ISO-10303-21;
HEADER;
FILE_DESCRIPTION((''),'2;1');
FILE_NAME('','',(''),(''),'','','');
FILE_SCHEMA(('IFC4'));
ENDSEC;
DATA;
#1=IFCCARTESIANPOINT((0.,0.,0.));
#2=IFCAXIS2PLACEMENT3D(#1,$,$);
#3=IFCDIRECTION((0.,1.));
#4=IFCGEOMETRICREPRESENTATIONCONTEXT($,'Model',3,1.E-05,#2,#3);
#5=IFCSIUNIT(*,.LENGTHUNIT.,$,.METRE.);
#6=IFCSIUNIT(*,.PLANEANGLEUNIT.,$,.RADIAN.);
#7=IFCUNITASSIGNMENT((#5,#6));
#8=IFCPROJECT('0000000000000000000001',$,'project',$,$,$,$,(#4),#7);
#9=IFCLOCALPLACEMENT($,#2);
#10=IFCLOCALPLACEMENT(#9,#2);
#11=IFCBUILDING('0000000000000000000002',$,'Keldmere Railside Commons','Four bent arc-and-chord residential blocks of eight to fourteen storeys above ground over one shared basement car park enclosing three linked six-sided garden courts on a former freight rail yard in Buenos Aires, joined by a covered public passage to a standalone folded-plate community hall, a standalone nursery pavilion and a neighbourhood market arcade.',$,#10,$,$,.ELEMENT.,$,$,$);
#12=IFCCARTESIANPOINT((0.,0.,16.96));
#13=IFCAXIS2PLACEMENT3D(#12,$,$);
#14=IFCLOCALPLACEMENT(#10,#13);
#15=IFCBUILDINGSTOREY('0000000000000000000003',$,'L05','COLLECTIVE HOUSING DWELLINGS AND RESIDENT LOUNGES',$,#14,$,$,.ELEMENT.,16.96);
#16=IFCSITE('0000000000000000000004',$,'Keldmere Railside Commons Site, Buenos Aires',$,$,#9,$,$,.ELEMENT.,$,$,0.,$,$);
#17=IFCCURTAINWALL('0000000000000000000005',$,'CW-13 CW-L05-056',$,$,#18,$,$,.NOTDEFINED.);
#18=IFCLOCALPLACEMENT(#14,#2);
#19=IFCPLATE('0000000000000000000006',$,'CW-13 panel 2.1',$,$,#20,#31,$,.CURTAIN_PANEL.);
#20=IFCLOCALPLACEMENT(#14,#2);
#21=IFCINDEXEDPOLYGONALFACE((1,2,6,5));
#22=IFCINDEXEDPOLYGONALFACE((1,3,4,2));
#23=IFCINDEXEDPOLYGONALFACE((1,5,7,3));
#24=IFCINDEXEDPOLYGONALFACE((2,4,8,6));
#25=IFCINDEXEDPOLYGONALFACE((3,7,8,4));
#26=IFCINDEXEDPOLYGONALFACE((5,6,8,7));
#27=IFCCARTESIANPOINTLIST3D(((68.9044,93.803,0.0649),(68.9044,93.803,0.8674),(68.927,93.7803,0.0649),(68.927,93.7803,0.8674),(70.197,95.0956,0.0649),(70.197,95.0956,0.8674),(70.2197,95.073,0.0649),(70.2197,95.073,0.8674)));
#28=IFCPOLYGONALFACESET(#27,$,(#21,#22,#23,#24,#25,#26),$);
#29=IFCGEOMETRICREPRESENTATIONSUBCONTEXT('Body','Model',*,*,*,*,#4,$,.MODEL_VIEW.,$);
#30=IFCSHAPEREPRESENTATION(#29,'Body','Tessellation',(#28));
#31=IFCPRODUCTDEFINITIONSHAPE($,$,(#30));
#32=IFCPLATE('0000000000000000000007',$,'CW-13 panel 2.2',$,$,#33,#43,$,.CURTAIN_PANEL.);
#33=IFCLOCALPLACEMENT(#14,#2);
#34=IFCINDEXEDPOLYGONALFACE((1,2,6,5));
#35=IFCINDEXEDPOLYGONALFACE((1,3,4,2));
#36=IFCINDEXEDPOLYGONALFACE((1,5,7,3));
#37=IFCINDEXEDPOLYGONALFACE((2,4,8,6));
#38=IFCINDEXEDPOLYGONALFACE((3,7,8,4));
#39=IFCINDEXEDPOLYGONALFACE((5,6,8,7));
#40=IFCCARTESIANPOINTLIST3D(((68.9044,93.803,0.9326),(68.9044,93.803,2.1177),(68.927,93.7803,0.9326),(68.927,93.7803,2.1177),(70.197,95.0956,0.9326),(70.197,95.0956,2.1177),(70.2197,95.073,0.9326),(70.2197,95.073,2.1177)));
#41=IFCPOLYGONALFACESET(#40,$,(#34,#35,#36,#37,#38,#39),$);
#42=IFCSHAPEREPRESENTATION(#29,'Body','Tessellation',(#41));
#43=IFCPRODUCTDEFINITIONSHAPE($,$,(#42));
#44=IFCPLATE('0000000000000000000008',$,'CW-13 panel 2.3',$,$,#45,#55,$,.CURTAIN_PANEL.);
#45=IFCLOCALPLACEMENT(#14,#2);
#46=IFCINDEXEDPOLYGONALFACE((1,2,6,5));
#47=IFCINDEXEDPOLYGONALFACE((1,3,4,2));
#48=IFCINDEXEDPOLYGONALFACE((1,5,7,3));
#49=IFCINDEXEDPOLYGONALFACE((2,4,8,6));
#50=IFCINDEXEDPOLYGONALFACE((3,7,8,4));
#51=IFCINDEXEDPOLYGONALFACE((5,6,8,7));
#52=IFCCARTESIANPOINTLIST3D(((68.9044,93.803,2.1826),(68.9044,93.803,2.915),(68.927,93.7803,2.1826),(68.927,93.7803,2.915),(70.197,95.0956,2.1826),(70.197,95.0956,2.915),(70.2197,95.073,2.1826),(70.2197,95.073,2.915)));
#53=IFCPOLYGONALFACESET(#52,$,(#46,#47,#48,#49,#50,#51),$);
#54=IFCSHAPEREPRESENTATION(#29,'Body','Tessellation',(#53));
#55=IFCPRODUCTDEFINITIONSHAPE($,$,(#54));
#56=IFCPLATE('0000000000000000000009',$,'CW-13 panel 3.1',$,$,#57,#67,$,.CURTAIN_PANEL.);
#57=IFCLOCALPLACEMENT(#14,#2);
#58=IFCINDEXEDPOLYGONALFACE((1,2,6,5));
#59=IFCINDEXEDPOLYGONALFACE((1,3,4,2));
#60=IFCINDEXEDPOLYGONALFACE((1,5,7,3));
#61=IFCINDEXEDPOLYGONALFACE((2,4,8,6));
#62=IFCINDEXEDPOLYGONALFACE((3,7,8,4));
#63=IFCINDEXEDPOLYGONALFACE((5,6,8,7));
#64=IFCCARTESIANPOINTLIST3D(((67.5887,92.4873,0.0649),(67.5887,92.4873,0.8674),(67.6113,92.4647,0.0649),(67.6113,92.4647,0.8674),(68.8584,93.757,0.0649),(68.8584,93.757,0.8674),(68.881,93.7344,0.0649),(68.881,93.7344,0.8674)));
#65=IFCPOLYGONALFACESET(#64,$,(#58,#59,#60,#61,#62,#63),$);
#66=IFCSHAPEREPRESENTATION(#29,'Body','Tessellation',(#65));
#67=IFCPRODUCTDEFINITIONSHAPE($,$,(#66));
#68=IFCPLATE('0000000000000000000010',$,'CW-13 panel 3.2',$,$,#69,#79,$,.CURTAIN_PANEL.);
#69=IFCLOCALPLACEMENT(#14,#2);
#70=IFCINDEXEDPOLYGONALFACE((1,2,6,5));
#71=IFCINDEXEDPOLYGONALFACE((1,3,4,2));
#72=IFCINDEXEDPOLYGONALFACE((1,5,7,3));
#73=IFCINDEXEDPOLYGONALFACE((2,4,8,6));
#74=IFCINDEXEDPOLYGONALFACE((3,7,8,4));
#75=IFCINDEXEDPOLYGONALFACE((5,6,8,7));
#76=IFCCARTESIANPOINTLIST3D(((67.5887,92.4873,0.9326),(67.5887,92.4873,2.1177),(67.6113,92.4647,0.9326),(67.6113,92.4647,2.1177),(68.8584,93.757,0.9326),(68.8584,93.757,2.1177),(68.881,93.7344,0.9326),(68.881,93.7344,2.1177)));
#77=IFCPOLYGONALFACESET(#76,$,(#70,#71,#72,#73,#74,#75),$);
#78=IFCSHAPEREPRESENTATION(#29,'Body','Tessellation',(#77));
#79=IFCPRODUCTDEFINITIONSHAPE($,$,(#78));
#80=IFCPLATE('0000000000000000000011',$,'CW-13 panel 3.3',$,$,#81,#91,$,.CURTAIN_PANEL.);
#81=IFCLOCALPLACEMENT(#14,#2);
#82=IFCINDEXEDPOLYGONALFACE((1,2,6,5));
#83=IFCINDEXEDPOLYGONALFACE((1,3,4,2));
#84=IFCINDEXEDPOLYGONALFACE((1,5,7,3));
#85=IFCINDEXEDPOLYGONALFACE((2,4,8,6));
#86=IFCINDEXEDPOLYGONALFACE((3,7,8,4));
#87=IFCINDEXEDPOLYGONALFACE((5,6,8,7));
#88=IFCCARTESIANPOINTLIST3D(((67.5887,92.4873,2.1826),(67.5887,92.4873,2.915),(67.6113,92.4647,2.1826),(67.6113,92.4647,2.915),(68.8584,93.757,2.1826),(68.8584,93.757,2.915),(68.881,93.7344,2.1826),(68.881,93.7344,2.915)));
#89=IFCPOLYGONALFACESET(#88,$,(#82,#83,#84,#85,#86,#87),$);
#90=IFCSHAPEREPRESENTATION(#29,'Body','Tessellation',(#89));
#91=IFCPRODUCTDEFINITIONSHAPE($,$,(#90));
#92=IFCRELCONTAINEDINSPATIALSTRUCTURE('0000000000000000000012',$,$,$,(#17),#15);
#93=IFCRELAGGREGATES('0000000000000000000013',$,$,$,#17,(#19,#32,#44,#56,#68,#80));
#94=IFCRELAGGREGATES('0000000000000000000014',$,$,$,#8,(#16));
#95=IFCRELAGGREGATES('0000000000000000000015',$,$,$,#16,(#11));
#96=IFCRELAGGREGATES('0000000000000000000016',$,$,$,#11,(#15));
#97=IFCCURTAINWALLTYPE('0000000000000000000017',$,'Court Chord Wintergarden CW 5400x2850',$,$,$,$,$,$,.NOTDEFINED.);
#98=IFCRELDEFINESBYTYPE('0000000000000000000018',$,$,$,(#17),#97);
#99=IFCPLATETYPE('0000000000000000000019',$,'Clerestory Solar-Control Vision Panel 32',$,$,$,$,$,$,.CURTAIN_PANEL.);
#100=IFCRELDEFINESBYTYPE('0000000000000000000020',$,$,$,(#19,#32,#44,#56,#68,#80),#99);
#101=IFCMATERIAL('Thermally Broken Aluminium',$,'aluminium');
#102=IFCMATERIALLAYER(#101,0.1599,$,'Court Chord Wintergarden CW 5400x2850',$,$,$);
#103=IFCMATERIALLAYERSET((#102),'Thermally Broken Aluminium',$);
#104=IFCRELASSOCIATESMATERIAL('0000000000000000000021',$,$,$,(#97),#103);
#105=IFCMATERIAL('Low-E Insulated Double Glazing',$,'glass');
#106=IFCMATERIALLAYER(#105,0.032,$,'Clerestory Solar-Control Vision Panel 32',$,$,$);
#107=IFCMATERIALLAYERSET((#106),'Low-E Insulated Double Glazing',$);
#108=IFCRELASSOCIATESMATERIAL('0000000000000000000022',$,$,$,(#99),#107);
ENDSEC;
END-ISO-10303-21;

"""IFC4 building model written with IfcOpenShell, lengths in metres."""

from ifc_helpers import new_model, si_unit, direction, frame, origin, origin_2d, place, context, subcontext, project, spatial, rectangle, extrude, material, layer, layer_set, type_object, element, aggregate, save


model = new_model("IFC4")

# Units and contexts
model_context = context("Model", 3, precision=1e-05, world=origin(), true_north=direction((0.0, 1.0)))
body_context = subcontext(model_context, "Body", "Model", "MODEL_VIEW")
ifc_project = project(units=[si_unit("LENGTHUNIT", "METRE"), si_unit("PLANEANGLEUNIT", "RADIAN")], contexts=[model_context])

# Site, building, storey
site_placement = place(None, origin())
site = spatial("IfcSite", under=ifc_project, at=site_placement, Name="Keldmere Railside Commons Site, Buenos Aires", CompositionType="ELEMENT", RefElevation=0.0)
building_placement = place(site_placement, origin())
building = spatial("IfcBuilding", under=site, at=building_placement, Name="Keldmere Railside Commons", Description="Four bent arc-and-chord residential blocks of eight to fourteen storeys above ground over one shared basement car park enclosing three linked six-sided garden courts on a former freight rail yard in Buenos Aires, joined by a covered public passage to a standalone folded-plate community hall, a standalone nursery pavilion and a neighbourhood market arcade.", CompositionType="ELEMENT")
storey_placement = place(building_placement, frame((0.0, 0.0, 16.96)))
storey = spatial("IfcBuildingStorey", under=building, at=storey_placement, Name="L05", Description="COLLECTIVE HOUSING DWELLINGS AND RESIDENT LOUNGES", CompositionType="ELEMENT", Elevation=16.96)

# Curtain wall
ifc_material_1 = material(Name="Thermally Broken Aluminium", Category="aluminium")
ifc_layer_1 = layer(ifc_material_1, 0.1599, Name="Court Chord Wintergarden CW 5400x2850")
ifc_layer_set_1 = layer_set([ifc_layer_1], Name="Thermally Broken Aluminium")
curtain_wall_type_1 = type_object("IfcCurtainWallType", Name="Court Chord Wintergarden CW 5400x2850", PredefinedType="NOTDEFINED", material=ifc_layer_set_1)
curtain_wall_1_placement = place(storey_placement, origin())
curtain_wall_1 = element("IfcCurtainWall", 1, at=curtain_wall_1_placement, inside=storey, type_object=curtain_wall_type_1, Name="CW-13 CW-L05-056", PredefinedType="NOTDEFINED")

# Plates
ifc_material_2 = material(Name="Low-E Insulated Double Glazing", Category="glass")
ifc_layer_2 = layer(ifc_material_2, 0.032, Name="Clerestory Solar-Control Vision Panel 32")
ifc_layer_set_2 = layer_set([ifc_layer_2], Name="Low-E Insulated Double Glazing")
plate_type_1 = type_object("IfcPlateType", Name="Clerestory Solar-Control Vision Panel 32", PredefinedType="CURTAIN_PANEL", material=ifc_layer_set_2)
plate_1_placement = place(storey_placement, frame((69.562, 94.438, 0.0649), z_axis=(0.0, 0.0, 1.0), x_axis=(-0.707107, -0.707107, 0.0)))
plate_1 = element("IfcPlate", 2, at=plate_1_placement, type_object=plate_type_1, Name="CW-13 panel 2.1", PredefinedType="CURTAIN_PANEL", context=body_context, shape_type="SweptSolid", body=[
    extrude(rectangle(XDim=1.8281, YDim=0.032, at=origin_2d()), origin(), (0.0, 0.0, 1.0), 0.8025),
])
plate_2_placement = place(storey_placement, frame((69.562, 94.438, 0.9326), z_axis=(0.0, 0.0, 1.0), x_axis=(-0.707107, -0.707107, 0.0)))
plate_2 = element("IfcPlate", 3, at=plate_2_placement, type_object=plate_type_1, Name="CW-13 panel 2.2", PredefinedType="CURTAIN_PANEL", context=body_context, shape_type="SweptSolid", body=[
    extrude(rectangle(XDim=1.8281, YDim=0.032, at=origin_2d()), origin(), (0.0, 0.0, 1.0), 1.1851),
])
plate_3_placement = place(storey_placement, frame((69.562, 94.438, 2.1826), z_axis=(0.0, 0.0, 1.0), x_axis=(-0.707107, -0.707107, 0.0)))
plate_3 = element("IfcPlate", 4, at=plate_3_placement, type_object=plate_type_1, Name="CW-13 panel 2.3", PredefinedType="CURTAIN_PANEL", context=body_context, shape_type="SweptSolid", body=[
    extrude(rectangle(XDim=1.8281, YDim=0.032, at=origin_2d()), origin(), (0.0, 0.0, 1.0), 0.7324),
])
plate_4_placement = place(storey_placement, frame((68.2349, 93.1108, 0.0649), z_axis=(0.0, 0.0, 1.0), x_axis=(-0.707107, -0.707107, 0.0)))
plate_4 = element("IfcPlate", 5, at=plate_4_placement, type_object=plate_type_1, Name="CW-13 panel 3.1", PredefinedType="CURTAIN_PANEL", context=body_context, shape_type="SweptSolid", body=[
    extrude(rectangle(XDim=1.7957, YDim=0.032, at=origin_2d()), origin(), (0.0, 0.0, 1.0), 0.8025),
])
plate_5_placement = place(storey_placement, frame((68.2349, 93.1108, 0.9326), z_axis=(0.0, 0.0, 1.0), x_axis=(-0.707107, -0.707107, 0.0)))
plate_5 = element("IfcPlate", 6, at=plate_5_placement, type_object=plate_type_1, Name="CW-13 panel 3.2", PredefinedType="CURTAIN_PANEL", context=body_context, shape_type="SweptSolid", body=[
    extrude(rectangle(XDim=1.7957, YDim=0.032, at=origin_2d()), origin(), (0.0, 0.0, 1.0), 1.1851),
])
plate_6_placement = place(storey_placement, frame((68.2349, 93.1108, 2.1826), z_axis=(0.0, 0.0, 1.0), x_axis=(-0.707107, -0.707107, 0.0)))
plate_6 = element("IfcPlate", 7, at=plate_6_placement, type_object=plate_type_1, Name="CW-13 panel 3.3", PredefinedType="CURTAIN_PANEL", context=body_context, shape_type="SweptSolid", body=[
    extrude(rectangle(XDim=1.7957, YDim=0.032, at=origin_2d()), origin(), (0.0, 0.0, 1.0), 0.7324),
])
aggregate(curtain_wall_1, [plate_1, plate_2, plate_3, plate_4, plate_5, plate_6])

save(model, "model.ifc")
